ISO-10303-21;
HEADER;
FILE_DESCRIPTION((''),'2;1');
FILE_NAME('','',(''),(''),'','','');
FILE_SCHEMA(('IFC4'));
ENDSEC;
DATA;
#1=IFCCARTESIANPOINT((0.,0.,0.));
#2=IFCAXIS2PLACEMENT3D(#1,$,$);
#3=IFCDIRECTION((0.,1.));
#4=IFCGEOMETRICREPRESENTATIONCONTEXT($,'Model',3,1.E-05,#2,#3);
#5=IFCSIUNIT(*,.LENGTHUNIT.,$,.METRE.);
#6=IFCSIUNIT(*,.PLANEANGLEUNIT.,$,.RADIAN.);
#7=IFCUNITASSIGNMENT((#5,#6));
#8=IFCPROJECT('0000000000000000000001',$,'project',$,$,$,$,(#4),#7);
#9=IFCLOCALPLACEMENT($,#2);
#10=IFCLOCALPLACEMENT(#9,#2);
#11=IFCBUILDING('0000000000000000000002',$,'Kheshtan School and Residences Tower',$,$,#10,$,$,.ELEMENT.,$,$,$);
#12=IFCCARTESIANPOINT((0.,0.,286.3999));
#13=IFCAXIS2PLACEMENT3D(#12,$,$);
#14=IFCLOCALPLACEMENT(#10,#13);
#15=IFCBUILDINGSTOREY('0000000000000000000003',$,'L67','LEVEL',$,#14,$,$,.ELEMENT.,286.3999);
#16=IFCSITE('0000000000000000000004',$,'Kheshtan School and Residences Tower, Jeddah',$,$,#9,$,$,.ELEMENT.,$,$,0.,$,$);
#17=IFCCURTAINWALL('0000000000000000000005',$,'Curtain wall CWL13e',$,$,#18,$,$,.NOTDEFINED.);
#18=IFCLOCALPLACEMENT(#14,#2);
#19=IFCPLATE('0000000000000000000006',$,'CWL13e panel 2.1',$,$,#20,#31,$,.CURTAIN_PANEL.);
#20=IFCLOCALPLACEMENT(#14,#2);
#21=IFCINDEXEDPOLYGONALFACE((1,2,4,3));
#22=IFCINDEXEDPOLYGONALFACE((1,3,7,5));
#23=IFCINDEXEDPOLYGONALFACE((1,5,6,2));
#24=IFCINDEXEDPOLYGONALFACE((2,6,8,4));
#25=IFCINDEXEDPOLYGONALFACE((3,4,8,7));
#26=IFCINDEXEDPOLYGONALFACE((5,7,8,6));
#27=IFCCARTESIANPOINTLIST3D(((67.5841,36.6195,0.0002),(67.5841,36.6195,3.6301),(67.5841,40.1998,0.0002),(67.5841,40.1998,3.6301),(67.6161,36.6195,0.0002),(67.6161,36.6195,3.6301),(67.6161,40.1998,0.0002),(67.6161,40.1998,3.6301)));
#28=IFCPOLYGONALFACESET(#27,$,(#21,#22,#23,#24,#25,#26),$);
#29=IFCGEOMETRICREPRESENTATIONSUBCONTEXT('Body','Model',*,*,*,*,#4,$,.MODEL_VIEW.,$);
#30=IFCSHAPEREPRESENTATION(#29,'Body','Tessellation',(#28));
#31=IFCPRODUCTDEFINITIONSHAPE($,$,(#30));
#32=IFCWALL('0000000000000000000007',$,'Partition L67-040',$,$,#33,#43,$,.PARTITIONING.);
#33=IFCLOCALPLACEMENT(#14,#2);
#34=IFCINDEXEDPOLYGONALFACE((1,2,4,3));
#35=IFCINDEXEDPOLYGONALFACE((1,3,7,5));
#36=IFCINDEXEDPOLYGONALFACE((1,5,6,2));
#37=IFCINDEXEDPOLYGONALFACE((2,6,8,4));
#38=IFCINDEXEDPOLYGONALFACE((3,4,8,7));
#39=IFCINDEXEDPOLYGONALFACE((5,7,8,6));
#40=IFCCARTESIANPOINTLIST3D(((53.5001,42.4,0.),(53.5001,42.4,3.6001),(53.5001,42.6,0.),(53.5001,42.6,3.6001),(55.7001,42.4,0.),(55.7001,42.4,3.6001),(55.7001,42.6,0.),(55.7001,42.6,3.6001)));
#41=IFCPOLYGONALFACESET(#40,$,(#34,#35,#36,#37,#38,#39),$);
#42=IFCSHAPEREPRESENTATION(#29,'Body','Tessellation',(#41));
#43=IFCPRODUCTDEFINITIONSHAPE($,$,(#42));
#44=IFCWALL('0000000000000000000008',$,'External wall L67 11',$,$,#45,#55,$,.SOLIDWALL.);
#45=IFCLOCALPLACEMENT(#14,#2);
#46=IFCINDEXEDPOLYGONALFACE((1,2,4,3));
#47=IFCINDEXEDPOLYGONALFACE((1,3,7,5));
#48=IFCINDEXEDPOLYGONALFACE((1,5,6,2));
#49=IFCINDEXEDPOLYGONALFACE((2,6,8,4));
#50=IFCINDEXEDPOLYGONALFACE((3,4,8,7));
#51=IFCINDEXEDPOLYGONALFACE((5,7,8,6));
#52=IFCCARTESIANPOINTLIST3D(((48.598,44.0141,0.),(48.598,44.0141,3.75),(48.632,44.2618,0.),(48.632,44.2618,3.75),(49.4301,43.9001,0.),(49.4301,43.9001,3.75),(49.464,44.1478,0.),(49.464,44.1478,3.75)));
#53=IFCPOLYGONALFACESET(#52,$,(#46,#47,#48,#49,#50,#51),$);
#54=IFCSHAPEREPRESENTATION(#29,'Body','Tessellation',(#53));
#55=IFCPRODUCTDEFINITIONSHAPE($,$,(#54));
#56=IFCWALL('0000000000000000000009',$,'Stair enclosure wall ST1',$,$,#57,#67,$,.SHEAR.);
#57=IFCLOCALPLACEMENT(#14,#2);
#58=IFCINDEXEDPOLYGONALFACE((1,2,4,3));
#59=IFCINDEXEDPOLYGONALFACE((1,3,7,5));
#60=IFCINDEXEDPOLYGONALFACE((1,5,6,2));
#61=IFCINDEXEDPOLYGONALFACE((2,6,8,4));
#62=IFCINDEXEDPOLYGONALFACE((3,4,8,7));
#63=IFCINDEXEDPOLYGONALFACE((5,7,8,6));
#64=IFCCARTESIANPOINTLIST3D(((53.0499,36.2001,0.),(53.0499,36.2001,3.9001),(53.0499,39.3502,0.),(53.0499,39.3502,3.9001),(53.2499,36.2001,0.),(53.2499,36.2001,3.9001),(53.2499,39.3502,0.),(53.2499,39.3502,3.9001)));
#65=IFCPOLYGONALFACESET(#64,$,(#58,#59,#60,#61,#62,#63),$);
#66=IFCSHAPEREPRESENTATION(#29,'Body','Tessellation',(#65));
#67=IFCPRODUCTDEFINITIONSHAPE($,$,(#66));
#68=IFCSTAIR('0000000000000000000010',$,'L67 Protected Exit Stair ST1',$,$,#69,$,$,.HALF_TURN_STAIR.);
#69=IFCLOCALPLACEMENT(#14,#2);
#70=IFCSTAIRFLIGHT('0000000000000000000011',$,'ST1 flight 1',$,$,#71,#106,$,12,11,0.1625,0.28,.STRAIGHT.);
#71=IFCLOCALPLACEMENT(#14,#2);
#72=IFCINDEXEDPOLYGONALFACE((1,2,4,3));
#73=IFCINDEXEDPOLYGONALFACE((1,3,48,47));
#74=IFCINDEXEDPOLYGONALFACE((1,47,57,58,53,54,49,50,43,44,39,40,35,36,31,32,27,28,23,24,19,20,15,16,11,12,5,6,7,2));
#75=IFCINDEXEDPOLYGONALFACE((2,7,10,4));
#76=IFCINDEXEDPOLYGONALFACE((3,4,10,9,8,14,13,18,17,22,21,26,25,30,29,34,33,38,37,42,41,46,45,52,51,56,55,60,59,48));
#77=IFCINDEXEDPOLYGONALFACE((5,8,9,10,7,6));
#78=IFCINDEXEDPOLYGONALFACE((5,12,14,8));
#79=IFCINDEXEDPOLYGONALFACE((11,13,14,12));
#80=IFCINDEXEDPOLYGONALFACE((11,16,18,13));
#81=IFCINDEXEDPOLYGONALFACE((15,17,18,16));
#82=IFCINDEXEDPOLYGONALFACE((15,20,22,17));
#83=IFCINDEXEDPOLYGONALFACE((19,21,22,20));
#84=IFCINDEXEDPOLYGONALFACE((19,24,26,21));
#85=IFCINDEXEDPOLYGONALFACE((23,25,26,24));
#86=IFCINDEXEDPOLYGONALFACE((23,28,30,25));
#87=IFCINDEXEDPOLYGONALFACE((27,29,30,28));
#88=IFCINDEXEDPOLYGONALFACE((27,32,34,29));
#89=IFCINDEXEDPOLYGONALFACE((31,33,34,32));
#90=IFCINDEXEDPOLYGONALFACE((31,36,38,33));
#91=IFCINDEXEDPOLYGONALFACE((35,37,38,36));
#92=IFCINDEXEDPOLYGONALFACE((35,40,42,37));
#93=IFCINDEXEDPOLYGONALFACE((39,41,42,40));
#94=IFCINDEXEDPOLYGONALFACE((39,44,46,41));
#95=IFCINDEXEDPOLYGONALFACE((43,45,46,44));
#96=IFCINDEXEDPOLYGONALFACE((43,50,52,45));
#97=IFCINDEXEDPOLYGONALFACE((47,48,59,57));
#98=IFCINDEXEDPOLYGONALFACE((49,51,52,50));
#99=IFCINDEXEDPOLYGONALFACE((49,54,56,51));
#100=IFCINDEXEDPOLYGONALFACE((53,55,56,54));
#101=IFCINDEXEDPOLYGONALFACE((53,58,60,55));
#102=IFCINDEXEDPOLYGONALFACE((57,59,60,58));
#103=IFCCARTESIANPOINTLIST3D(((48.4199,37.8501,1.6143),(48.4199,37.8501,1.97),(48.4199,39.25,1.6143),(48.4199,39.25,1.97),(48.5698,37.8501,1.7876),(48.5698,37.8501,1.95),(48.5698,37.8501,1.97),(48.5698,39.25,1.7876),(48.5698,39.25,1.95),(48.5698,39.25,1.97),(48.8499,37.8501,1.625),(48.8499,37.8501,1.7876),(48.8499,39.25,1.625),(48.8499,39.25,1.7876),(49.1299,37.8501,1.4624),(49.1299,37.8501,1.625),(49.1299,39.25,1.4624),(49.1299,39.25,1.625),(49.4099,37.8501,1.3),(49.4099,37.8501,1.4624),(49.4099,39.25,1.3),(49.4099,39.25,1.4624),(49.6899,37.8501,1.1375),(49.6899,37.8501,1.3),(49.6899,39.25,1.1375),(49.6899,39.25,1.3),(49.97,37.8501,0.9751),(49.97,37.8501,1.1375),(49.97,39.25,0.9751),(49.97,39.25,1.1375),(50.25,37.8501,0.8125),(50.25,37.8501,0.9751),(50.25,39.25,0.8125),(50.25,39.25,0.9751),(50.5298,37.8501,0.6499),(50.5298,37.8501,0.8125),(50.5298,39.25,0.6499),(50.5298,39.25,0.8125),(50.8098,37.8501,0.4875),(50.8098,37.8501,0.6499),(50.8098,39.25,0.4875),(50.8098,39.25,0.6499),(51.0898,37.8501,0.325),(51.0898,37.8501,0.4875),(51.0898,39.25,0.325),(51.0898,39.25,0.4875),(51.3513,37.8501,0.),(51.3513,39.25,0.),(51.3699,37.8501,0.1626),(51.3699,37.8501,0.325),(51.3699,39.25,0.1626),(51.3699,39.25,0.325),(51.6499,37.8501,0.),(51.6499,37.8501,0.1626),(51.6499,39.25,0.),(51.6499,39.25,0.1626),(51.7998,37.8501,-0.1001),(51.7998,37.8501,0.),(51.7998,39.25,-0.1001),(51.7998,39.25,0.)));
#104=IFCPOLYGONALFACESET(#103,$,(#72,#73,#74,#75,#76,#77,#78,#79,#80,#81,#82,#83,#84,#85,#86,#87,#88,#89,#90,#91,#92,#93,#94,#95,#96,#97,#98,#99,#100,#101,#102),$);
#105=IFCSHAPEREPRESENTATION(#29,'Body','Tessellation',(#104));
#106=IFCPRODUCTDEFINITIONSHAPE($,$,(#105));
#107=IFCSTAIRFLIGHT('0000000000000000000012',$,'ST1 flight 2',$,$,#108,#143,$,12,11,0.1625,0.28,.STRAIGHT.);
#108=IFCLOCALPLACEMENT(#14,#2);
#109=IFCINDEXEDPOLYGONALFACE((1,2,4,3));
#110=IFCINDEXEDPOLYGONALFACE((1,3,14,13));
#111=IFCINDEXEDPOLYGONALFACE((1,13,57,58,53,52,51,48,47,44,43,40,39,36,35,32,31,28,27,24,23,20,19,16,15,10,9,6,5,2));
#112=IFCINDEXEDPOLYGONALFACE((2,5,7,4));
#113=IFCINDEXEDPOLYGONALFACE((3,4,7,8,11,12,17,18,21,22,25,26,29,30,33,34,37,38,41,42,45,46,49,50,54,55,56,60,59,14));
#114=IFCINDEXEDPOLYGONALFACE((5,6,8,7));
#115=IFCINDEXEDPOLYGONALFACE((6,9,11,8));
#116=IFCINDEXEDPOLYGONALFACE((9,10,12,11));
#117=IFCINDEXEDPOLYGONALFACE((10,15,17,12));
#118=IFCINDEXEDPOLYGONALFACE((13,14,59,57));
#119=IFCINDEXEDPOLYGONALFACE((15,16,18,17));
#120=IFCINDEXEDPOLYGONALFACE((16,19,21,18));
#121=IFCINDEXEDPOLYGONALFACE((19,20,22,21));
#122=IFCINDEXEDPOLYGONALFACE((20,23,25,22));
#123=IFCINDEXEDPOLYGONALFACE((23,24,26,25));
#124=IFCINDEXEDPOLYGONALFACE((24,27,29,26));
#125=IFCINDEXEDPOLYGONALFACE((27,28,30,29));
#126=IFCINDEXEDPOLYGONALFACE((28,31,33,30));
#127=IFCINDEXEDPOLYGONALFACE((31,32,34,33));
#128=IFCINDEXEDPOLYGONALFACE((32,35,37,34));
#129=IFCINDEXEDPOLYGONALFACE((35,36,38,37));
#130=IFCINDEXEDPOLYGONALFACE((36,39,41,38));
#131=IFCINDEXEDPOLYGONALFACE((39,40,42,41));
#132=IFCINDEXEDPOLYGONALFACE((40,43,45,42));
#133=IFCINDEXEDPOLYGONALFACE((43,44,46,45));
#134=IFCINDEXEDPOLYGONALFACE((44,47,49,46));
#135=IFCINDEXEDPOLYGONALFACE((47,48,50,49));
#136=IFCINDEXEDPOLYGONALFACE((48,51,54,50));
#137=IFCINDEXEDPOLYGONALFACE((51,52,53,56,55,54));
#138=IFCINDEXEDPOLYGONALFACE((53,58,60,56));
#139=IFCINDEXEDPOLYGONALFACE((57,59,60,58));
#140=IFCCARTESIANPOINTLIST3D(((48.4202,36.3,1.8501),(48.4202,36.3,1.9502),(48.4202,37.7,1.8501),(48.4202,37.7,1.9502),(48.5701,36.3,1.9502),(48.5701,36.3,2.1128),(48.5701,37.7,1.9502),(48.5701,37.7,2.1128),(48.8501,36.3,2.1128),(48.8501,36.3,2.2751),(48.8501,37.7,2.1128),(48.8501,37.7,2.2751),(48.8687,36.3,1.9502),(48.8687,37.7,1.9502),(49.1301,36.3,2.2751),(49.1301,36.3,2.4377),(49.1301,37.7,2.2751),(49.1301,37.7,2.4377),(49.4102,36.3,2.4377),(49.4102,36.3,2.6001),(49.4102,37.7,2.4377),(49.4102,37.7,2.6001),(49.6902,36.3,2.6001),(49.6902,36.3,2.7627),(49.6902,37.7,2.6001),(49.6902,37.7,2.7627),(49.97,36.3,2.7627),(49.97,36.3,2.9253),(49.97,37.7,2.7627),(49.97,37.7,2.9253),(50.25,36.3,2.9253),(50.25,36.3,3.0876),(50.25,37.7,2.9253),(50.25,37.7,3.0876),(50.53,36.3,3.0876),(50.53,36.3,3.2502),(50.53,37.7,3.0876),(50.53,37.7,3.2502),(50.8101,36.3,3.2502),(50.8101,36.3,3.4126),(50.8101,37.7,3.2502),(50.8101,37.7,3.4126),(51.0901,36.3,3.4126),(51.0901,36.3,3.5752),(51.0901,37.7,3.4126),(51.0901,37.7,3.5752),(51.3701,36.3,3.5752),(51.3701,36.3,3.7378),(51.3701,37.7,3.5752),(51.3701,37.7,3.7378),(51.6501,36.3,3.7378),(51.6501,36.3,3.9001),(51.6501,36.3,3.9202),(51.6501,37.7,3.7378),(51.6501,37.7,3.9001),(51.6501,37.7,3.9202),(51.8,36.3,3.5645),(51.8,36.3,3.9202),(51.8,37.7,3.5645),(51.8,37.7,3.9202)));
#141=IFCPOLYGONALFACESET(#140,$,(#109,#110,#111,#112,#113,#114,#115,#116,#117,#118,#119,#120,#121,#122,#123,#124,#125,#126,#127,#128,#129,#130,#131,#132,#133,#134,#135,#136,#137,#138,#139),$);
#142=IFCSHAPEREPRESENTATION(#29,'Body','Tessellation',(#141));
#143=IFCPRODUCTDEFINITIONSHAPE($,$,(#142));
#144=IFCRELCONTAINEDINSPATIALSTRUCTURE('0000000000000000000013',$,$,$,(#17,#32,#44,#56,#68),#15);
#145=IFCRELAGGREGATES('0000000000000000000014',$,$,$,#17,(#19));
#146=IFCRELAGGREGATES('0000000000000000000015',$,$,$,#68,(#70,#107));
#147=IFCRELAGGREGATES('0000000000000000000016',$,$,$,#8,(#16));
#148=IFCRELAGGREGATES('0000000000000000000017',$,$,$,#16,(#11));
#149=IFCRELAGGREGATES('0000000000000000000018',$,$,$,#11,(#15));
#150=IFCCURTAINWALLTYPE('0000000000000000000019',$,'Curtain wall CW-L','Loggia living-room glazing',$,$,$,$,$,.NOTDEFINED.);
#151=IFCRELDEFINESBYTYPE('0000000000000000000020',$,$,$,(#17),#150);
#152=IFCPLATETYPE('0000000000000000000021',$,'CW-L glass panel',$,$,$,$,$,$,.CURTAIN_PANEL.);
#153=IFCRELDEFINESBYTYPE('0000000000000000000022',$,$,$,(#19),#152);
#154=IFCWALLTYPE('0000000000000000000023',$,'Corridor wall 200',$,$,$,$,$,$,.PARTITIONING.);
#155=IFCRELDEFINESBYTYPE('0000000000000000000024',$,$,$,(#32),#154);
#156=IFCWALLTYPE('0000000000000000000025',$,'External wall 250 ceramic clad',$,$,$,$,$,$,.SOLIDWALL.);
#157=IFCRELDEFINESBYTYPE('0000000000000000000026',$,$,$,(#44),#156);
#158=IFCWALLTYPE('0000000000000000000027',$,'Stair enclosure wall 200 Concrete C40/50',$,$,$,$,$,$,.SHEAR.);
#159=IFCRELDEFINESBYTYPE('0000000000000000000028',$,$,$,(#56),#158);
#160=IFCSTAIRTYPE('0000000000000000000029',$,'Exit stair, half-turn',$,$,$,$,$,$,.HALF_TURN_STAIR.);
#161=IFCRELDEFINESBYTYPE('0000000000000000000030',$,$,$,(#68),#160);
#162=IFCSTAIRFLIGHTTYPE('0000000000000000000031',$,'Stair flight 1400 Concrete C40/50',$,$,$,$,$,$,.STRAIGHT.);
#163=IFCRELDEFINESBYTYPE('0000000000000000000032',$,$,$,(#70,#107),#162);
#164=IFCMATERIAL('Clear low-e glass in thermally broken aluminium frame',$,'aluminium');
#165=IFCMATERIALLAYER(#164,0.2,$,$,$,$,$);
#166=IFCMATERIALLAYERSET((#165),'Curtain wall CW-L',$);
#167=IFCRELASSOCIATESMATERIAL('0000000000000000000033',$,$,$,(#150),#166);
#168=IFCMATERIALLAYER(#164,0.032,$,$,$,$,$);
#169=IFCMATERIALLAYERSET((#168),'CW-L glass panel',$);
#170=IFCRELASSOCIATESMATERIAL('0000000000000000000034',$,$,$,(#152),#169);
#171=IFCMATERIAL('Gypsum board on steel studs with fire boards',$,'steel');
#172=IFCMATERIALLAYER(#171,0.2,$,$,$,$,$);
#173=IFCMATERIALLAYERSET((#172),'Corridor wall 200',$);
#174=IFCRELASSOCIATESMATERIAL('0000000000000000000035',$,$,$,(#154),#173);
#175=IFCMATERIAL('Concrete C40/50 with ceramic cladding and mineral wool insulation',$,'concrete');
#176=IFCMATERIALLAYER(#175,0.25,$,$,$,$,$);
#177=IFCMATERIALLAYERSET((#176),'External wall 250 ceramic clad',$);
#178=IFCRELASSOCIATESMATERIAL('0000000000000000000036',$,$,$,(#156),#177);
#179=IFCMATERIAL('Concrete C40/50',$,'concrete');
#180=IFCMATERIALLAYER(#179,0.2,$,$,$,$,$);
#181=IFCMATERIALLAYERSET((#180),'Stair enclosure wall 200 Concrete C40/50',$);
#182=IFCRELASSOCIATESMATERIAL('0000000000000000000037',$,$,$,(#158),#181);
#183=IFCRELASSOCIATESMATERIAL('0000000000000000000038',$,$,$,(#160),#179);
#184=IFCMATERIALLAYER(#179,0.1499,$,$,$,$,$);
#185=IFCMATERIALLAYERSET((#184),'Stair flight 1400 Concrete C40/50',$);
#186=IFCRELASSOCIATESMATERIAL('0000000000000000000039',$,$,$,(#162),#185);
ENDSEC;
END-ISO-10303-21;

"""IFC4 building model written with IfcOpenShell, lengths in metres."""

from ifc_helpers import new_model, si_unit, direction, frame, frame_2d, origin, origin_2d, place, context, subcontext, project, spatial, polyline, rectangle, outline, extrude, material, layer, layer_set, type_object, element, aggregate, save


model = new_model("IFC4")

# Units and contexts
model_context = context("Model", 3, precision=1e-05, world=origin(), true_north=direction((0.0, 1.0)))
body_context = subcontext(model_context, "Body", "Model", "MODEL_VIEW")
ifc_project = project(units=[si_unit("LENGTHUNIT", "METRE"), si_unit("PLANEANGLEUNIT", "RADIAN")], contexts=[model_context])

# Site, building, storey
site_placement = place(None, origin())
site = spatial("IfcSite", under=ifc_project, at=site_placement, Name="Kheshtan School and Residences Tower, Jeddah", CompositionType="ELEMENT", RefElevation=0.0)
building_placement = place(site_placement, origin())
building = spatial("IfcBuilding", under=site, at=building_placement, Name="Kheshtan School and Residences Tower", CompositionType="ELEMENT")
storey_placement = place(building_placement, frame((0.0, 0.0, 286.3999)))
storey = spatial("IfcBuildingStorey", under=building, at=storey_placement, Name="L67", Description="LEVEL", CompositionType="ELEMENT", Elevation=286.3999)

# Curtain wall
ifc_material_1 = material(Name="Clear low-e glass in thermally broken aluminium frame", Category="aluminium")
ifc_layer_1 = layer(ifc_material_1, 0.2)
ifc_layer_set_1 = layer_set([ifc_layer_1], Name="Curtain wall CW-L")
curtain_wall_type = type_object("IfcCurtainWallType", Name="Curtain wall CW-L", Description="Loggia living-room glazing", PredefinedType="NOTDEFINED", material=ifc_layer_set_1)
curtain_wall_1_placement = place(storey_placement, origin())
curtain_wall_1 = element("IfcCurtainWall", 1, at=curtain_wall_1_placement, inside=storey, type_object=curtain_wall_type, Name="Curtain wall CWL13e", PredefinedType="NOTDEFINED")

# Plate
ifc_layer_2 = layer(ifc_material_1, 0.032)
ifc_layer_set_2 = layer_set([ifc_layer_2], Name="CW-L glass panel")
plate_type = type_object("IfcPlateType", Name="CW-L glass panel", PredefinedType="CURTAIN_PANEL", material=ifc_layer_set_2)
plate_1_placement = place(storey_placement, frame((67.6001, 38.4097, 0.0002), z_axis=(0.0, 0.0, 1.0), x_axis=(0.0, -1.0, 0.0)))
plate_1 = element("IfcPlate", 2, at=plate_1_placement, type_object=plate_type, Name="CWL13e panel 2.1", PredefinedType="CURTAIN_PANEL", context=body_context, shape_type="SweptSolid", body=[
    extrude(rectangle(XDim=3.5803, YDim=0.032, at=origin_2d()), origin(), (0.0, 0.0, 1.0), 3.6299),
])
aggregate(curtain_wall_1, [plate_1])

# Walls
ifc_material_2 = material(Name="Gypsum board on steel studs with fire boards", Category="steel")
ifc_layer_3 = layer(ifc_material_2, 0.2)
ifc_layer_set_3 = layer_set([ifc_layer_3], Name="Corridor wall 200")
wall_type_1 = type_object("IfcWallType", Name="Corridor wall 200", PredefinedType="PARTITIONING", material=ifc_layer_set_3)
wall_1_placement = place(storey_placement, frame((53.5, 42.5, 0.0), z_axis=(0.0, 0.0, 1.0), x_axis=(1.0, 0.0, 0.0)))
element("IfcWall", 3, at=wall_1_placement, inside=storey, type_object=wall_type_1, Name="Partition L67-040", PredefinedType="PARTITIONING", context=body_context, shape_type="SweptSolid", body=[
    extrude(rectangle(XDim=2.2, YDim=0.2, at=frame_2d((1.1001, 0.0))), origin(), (0.0, 0.0, 1.0), 3.6001),
])
ifc_material_3 = material(Name="Concrete C40/50 with ceramic cladding and mineral wool insulation", Category="concrete")
ifc_layer_4 = layer(ifc_material_3, 0.25)
ifc_layer_set_4 = layer_set([ifc_layer_4], Name="External wall 250 ceramic clad")
wall_type_2 = type_object("IfcWallType", Name="External wall 250 ceramic clad", PredefinedType="SOLIDWALL", material=ifc_layer_set_4)
wall_2_placement = place(storey_placement, frame((48.615, 44.1379, 0.0), z_axis=(0.0, 0.0, 1.0), x_axis=(0.990742, -0.135762, 0.0)))
element("IfcWall", 4, at=wall_2_placement, inside=storey, type_object=wall_type_2, Name="External wall L67 11", PredefinedType="SOLIDWALL", context=body_context, shape_type="SweptSolid", body=[
    extrude(rectangle(XDim=0.8398, YDim=0.25, at=frame_2d((0.4199, 0.0))), origin(), (0.0, 0.0, 1.0), 3.75),
])

# Wall
ifc_material_4 = material(Name="Concrete C40/50", Category="concrete")
ifc_layer_5 = layer(ifc_material_4, 0.2)
ifc_layer_set_5 = layer_set([ifc_layer_5], Name="Stair enclosure wall 200 Concrete C40/50")
wall_type_3 = type_object("IfcWallType", Name="Stair enclosure wall 200 Concrete C40/50", PredefinedType="SHEAR", material=ifc_layer_set_5)
wall_3_placement = place(storey_placement, frame((53.1499, 36.2, 0.0), z_axis=(0.0, 0.0, 1.0), x_axis=(0.0, 1.0, 0.0)))
element("IfcWall", 5, at=wall_3_placement, inside=storey, type_object=wall_type_3, Name="Stair enclosure wall ST1", PredefinedType="SHEAR", context=body_context, shape_type="SweptSolid", body=[
    extrude(rectangle(XDim=3.1501, YDim=0.2, at=frame_2d((1.5752, 0.0))), origin(), (0.0, 0.0, 1.0), 3.9001),
])

# Stair, stair flights
stair_type = type_object("IfcStairType", Name="Exit stair, half-turn", PredefinedType="HALF_TURN_STAIR", material=ifc_material_4)
stair_placement = place(storey_placement, origin())
stair = element("IfcStair", 6, at=stair_placement, inside=storey, type_object=stair_type, Name="L67 Protected Exit Stair ST1", PredefinedType="HALF_TURN_STAIR")
ifc_layer_6 = layer(ifc_material_4, 0.1499)
ifc_layer_set_6 = layer_set([ifc_layer_6], Name="Stair flight 1400 Concrete C40/50")
stair_flight_type = type_object("IfcStairFlightType", Name="Stair flight 1400 Concrete C40/50", PredefinedType="STRAIGHT", material=ifc_layer_set_6)
stair_flight_1_placement = place(storey_placement, frame((51.6499, 38.55, 0.0), z_axis=(0.0, 0.0, 1.0), x_axis=(-1.0, 0.0, 0.0)))
stair_flight_1 = element("IfcStairFlight", 7, at=stair_flight_1_placement, type_object=stair_flight_type, Name="ST1 flight 1", NumberOfRisers=12, NumberOfTreads=11, PredefinedType="STRAIGHT", RiserHeight=0.1625, TreadLength=0.28, context=body_context, shape_type="SweptSolid", body=[
    extrude(outline(polyline([(-0.1499, -0.1001), (-0.1499, 0.0), (0.0, 0.0), (0.0, 0.1626), (0.28, 0.1626), (0.28, 0.325), (0.5601, 0.325), (0.5601, 0.4875), (0.8401, 0.4875), (0.8401, 0.6499), (1.1201, 0.6499), (1.1201, 0.8125), (1.3999, 0.8125), (1.3999, 0.9751), (1.6799, 0.9751), (1.6799, 1.1375), (1.96, 1.1375), (1.96, 1.3), (2.24, 1.3), (2.24, 1.4624), (2.52, 1.4624), (2.52, 1.625), (2.8, 1.625), (2.8, 1.7876), (3.0801, 1.7876), (3.0801, 1.95), (3.0801, 1.97), (3.23, 1.97), (3.23, 1.6143), (0.2986, 0.0), (-0.1499, -0.1001)])), frame((0.0, 0.7, 0.0), z_axis=(0.0, -1.0, 0.0), x_axis=(1.0, 0.0, 0.0)), (0.0, 0.0, 1.0), 1.3999),
])
stair_flight_2_placement = place(storey_placement, frame((48.5701, 37.0, 1.9502), z_axis=(0.0, 0.0, 1.0), x_axis=(1.0, 0.0, 0.0)))
stair_flight_2 = element("IfcStairFlight", 8, at=stair_flight_2_placement, type_object=stair_flight_type, Name="ST1 flight 2", NumberOfRisers=12, NumberOfTreads=11, PredefinedType="STRAIGHT", RiserHeight=0.1625, TreadLength=0.28, context=body_context, shape_type="SweptSolid", body=[
    extrude(outline(polyline([(-0.1499, -0.1001), (-0.1499, 0.0), (0.0, 0.0), (0.0, 0.1626), (0.28, 0.1626), (0.28, 0.325), (0.5601, 0.325), (0.5601, 0.4875), (0.8401, 0.4875), (0.8401, 0.6499), (1.1201, 0.6499), (1.1201, 0.8125), (1.3999, 0.8125), (1.3999, 0.9751), (1.6799, 0.9751), (1.6799, 1.1375), (1.96, 1.1375), (1.96, 1.3), (2.24, 1.3), (2.24, 1.4624), (2.52, 1.4624), (2.52, 1.625), (2.8, 1.625), (2.8, 1.7876), (3.0801, 1.7876), (3.0801, 1.95), (3.0801, 1.97), (3.23, 1.97), (3.23, 1.6143), (0.2986, 0.0), (-0.1499, -0.1001)])), frame((0.0, 0.7, 0.0), z_axis=(0.0, -1.0, 0.0), x_axis=(1.0, 0.0, 0.0)), (0.0, 0.0, 1.0), 1.3999),
])
aggregate(stair, [stair_flight_1, stair_flight_2])

save(model, "model.ifc")
